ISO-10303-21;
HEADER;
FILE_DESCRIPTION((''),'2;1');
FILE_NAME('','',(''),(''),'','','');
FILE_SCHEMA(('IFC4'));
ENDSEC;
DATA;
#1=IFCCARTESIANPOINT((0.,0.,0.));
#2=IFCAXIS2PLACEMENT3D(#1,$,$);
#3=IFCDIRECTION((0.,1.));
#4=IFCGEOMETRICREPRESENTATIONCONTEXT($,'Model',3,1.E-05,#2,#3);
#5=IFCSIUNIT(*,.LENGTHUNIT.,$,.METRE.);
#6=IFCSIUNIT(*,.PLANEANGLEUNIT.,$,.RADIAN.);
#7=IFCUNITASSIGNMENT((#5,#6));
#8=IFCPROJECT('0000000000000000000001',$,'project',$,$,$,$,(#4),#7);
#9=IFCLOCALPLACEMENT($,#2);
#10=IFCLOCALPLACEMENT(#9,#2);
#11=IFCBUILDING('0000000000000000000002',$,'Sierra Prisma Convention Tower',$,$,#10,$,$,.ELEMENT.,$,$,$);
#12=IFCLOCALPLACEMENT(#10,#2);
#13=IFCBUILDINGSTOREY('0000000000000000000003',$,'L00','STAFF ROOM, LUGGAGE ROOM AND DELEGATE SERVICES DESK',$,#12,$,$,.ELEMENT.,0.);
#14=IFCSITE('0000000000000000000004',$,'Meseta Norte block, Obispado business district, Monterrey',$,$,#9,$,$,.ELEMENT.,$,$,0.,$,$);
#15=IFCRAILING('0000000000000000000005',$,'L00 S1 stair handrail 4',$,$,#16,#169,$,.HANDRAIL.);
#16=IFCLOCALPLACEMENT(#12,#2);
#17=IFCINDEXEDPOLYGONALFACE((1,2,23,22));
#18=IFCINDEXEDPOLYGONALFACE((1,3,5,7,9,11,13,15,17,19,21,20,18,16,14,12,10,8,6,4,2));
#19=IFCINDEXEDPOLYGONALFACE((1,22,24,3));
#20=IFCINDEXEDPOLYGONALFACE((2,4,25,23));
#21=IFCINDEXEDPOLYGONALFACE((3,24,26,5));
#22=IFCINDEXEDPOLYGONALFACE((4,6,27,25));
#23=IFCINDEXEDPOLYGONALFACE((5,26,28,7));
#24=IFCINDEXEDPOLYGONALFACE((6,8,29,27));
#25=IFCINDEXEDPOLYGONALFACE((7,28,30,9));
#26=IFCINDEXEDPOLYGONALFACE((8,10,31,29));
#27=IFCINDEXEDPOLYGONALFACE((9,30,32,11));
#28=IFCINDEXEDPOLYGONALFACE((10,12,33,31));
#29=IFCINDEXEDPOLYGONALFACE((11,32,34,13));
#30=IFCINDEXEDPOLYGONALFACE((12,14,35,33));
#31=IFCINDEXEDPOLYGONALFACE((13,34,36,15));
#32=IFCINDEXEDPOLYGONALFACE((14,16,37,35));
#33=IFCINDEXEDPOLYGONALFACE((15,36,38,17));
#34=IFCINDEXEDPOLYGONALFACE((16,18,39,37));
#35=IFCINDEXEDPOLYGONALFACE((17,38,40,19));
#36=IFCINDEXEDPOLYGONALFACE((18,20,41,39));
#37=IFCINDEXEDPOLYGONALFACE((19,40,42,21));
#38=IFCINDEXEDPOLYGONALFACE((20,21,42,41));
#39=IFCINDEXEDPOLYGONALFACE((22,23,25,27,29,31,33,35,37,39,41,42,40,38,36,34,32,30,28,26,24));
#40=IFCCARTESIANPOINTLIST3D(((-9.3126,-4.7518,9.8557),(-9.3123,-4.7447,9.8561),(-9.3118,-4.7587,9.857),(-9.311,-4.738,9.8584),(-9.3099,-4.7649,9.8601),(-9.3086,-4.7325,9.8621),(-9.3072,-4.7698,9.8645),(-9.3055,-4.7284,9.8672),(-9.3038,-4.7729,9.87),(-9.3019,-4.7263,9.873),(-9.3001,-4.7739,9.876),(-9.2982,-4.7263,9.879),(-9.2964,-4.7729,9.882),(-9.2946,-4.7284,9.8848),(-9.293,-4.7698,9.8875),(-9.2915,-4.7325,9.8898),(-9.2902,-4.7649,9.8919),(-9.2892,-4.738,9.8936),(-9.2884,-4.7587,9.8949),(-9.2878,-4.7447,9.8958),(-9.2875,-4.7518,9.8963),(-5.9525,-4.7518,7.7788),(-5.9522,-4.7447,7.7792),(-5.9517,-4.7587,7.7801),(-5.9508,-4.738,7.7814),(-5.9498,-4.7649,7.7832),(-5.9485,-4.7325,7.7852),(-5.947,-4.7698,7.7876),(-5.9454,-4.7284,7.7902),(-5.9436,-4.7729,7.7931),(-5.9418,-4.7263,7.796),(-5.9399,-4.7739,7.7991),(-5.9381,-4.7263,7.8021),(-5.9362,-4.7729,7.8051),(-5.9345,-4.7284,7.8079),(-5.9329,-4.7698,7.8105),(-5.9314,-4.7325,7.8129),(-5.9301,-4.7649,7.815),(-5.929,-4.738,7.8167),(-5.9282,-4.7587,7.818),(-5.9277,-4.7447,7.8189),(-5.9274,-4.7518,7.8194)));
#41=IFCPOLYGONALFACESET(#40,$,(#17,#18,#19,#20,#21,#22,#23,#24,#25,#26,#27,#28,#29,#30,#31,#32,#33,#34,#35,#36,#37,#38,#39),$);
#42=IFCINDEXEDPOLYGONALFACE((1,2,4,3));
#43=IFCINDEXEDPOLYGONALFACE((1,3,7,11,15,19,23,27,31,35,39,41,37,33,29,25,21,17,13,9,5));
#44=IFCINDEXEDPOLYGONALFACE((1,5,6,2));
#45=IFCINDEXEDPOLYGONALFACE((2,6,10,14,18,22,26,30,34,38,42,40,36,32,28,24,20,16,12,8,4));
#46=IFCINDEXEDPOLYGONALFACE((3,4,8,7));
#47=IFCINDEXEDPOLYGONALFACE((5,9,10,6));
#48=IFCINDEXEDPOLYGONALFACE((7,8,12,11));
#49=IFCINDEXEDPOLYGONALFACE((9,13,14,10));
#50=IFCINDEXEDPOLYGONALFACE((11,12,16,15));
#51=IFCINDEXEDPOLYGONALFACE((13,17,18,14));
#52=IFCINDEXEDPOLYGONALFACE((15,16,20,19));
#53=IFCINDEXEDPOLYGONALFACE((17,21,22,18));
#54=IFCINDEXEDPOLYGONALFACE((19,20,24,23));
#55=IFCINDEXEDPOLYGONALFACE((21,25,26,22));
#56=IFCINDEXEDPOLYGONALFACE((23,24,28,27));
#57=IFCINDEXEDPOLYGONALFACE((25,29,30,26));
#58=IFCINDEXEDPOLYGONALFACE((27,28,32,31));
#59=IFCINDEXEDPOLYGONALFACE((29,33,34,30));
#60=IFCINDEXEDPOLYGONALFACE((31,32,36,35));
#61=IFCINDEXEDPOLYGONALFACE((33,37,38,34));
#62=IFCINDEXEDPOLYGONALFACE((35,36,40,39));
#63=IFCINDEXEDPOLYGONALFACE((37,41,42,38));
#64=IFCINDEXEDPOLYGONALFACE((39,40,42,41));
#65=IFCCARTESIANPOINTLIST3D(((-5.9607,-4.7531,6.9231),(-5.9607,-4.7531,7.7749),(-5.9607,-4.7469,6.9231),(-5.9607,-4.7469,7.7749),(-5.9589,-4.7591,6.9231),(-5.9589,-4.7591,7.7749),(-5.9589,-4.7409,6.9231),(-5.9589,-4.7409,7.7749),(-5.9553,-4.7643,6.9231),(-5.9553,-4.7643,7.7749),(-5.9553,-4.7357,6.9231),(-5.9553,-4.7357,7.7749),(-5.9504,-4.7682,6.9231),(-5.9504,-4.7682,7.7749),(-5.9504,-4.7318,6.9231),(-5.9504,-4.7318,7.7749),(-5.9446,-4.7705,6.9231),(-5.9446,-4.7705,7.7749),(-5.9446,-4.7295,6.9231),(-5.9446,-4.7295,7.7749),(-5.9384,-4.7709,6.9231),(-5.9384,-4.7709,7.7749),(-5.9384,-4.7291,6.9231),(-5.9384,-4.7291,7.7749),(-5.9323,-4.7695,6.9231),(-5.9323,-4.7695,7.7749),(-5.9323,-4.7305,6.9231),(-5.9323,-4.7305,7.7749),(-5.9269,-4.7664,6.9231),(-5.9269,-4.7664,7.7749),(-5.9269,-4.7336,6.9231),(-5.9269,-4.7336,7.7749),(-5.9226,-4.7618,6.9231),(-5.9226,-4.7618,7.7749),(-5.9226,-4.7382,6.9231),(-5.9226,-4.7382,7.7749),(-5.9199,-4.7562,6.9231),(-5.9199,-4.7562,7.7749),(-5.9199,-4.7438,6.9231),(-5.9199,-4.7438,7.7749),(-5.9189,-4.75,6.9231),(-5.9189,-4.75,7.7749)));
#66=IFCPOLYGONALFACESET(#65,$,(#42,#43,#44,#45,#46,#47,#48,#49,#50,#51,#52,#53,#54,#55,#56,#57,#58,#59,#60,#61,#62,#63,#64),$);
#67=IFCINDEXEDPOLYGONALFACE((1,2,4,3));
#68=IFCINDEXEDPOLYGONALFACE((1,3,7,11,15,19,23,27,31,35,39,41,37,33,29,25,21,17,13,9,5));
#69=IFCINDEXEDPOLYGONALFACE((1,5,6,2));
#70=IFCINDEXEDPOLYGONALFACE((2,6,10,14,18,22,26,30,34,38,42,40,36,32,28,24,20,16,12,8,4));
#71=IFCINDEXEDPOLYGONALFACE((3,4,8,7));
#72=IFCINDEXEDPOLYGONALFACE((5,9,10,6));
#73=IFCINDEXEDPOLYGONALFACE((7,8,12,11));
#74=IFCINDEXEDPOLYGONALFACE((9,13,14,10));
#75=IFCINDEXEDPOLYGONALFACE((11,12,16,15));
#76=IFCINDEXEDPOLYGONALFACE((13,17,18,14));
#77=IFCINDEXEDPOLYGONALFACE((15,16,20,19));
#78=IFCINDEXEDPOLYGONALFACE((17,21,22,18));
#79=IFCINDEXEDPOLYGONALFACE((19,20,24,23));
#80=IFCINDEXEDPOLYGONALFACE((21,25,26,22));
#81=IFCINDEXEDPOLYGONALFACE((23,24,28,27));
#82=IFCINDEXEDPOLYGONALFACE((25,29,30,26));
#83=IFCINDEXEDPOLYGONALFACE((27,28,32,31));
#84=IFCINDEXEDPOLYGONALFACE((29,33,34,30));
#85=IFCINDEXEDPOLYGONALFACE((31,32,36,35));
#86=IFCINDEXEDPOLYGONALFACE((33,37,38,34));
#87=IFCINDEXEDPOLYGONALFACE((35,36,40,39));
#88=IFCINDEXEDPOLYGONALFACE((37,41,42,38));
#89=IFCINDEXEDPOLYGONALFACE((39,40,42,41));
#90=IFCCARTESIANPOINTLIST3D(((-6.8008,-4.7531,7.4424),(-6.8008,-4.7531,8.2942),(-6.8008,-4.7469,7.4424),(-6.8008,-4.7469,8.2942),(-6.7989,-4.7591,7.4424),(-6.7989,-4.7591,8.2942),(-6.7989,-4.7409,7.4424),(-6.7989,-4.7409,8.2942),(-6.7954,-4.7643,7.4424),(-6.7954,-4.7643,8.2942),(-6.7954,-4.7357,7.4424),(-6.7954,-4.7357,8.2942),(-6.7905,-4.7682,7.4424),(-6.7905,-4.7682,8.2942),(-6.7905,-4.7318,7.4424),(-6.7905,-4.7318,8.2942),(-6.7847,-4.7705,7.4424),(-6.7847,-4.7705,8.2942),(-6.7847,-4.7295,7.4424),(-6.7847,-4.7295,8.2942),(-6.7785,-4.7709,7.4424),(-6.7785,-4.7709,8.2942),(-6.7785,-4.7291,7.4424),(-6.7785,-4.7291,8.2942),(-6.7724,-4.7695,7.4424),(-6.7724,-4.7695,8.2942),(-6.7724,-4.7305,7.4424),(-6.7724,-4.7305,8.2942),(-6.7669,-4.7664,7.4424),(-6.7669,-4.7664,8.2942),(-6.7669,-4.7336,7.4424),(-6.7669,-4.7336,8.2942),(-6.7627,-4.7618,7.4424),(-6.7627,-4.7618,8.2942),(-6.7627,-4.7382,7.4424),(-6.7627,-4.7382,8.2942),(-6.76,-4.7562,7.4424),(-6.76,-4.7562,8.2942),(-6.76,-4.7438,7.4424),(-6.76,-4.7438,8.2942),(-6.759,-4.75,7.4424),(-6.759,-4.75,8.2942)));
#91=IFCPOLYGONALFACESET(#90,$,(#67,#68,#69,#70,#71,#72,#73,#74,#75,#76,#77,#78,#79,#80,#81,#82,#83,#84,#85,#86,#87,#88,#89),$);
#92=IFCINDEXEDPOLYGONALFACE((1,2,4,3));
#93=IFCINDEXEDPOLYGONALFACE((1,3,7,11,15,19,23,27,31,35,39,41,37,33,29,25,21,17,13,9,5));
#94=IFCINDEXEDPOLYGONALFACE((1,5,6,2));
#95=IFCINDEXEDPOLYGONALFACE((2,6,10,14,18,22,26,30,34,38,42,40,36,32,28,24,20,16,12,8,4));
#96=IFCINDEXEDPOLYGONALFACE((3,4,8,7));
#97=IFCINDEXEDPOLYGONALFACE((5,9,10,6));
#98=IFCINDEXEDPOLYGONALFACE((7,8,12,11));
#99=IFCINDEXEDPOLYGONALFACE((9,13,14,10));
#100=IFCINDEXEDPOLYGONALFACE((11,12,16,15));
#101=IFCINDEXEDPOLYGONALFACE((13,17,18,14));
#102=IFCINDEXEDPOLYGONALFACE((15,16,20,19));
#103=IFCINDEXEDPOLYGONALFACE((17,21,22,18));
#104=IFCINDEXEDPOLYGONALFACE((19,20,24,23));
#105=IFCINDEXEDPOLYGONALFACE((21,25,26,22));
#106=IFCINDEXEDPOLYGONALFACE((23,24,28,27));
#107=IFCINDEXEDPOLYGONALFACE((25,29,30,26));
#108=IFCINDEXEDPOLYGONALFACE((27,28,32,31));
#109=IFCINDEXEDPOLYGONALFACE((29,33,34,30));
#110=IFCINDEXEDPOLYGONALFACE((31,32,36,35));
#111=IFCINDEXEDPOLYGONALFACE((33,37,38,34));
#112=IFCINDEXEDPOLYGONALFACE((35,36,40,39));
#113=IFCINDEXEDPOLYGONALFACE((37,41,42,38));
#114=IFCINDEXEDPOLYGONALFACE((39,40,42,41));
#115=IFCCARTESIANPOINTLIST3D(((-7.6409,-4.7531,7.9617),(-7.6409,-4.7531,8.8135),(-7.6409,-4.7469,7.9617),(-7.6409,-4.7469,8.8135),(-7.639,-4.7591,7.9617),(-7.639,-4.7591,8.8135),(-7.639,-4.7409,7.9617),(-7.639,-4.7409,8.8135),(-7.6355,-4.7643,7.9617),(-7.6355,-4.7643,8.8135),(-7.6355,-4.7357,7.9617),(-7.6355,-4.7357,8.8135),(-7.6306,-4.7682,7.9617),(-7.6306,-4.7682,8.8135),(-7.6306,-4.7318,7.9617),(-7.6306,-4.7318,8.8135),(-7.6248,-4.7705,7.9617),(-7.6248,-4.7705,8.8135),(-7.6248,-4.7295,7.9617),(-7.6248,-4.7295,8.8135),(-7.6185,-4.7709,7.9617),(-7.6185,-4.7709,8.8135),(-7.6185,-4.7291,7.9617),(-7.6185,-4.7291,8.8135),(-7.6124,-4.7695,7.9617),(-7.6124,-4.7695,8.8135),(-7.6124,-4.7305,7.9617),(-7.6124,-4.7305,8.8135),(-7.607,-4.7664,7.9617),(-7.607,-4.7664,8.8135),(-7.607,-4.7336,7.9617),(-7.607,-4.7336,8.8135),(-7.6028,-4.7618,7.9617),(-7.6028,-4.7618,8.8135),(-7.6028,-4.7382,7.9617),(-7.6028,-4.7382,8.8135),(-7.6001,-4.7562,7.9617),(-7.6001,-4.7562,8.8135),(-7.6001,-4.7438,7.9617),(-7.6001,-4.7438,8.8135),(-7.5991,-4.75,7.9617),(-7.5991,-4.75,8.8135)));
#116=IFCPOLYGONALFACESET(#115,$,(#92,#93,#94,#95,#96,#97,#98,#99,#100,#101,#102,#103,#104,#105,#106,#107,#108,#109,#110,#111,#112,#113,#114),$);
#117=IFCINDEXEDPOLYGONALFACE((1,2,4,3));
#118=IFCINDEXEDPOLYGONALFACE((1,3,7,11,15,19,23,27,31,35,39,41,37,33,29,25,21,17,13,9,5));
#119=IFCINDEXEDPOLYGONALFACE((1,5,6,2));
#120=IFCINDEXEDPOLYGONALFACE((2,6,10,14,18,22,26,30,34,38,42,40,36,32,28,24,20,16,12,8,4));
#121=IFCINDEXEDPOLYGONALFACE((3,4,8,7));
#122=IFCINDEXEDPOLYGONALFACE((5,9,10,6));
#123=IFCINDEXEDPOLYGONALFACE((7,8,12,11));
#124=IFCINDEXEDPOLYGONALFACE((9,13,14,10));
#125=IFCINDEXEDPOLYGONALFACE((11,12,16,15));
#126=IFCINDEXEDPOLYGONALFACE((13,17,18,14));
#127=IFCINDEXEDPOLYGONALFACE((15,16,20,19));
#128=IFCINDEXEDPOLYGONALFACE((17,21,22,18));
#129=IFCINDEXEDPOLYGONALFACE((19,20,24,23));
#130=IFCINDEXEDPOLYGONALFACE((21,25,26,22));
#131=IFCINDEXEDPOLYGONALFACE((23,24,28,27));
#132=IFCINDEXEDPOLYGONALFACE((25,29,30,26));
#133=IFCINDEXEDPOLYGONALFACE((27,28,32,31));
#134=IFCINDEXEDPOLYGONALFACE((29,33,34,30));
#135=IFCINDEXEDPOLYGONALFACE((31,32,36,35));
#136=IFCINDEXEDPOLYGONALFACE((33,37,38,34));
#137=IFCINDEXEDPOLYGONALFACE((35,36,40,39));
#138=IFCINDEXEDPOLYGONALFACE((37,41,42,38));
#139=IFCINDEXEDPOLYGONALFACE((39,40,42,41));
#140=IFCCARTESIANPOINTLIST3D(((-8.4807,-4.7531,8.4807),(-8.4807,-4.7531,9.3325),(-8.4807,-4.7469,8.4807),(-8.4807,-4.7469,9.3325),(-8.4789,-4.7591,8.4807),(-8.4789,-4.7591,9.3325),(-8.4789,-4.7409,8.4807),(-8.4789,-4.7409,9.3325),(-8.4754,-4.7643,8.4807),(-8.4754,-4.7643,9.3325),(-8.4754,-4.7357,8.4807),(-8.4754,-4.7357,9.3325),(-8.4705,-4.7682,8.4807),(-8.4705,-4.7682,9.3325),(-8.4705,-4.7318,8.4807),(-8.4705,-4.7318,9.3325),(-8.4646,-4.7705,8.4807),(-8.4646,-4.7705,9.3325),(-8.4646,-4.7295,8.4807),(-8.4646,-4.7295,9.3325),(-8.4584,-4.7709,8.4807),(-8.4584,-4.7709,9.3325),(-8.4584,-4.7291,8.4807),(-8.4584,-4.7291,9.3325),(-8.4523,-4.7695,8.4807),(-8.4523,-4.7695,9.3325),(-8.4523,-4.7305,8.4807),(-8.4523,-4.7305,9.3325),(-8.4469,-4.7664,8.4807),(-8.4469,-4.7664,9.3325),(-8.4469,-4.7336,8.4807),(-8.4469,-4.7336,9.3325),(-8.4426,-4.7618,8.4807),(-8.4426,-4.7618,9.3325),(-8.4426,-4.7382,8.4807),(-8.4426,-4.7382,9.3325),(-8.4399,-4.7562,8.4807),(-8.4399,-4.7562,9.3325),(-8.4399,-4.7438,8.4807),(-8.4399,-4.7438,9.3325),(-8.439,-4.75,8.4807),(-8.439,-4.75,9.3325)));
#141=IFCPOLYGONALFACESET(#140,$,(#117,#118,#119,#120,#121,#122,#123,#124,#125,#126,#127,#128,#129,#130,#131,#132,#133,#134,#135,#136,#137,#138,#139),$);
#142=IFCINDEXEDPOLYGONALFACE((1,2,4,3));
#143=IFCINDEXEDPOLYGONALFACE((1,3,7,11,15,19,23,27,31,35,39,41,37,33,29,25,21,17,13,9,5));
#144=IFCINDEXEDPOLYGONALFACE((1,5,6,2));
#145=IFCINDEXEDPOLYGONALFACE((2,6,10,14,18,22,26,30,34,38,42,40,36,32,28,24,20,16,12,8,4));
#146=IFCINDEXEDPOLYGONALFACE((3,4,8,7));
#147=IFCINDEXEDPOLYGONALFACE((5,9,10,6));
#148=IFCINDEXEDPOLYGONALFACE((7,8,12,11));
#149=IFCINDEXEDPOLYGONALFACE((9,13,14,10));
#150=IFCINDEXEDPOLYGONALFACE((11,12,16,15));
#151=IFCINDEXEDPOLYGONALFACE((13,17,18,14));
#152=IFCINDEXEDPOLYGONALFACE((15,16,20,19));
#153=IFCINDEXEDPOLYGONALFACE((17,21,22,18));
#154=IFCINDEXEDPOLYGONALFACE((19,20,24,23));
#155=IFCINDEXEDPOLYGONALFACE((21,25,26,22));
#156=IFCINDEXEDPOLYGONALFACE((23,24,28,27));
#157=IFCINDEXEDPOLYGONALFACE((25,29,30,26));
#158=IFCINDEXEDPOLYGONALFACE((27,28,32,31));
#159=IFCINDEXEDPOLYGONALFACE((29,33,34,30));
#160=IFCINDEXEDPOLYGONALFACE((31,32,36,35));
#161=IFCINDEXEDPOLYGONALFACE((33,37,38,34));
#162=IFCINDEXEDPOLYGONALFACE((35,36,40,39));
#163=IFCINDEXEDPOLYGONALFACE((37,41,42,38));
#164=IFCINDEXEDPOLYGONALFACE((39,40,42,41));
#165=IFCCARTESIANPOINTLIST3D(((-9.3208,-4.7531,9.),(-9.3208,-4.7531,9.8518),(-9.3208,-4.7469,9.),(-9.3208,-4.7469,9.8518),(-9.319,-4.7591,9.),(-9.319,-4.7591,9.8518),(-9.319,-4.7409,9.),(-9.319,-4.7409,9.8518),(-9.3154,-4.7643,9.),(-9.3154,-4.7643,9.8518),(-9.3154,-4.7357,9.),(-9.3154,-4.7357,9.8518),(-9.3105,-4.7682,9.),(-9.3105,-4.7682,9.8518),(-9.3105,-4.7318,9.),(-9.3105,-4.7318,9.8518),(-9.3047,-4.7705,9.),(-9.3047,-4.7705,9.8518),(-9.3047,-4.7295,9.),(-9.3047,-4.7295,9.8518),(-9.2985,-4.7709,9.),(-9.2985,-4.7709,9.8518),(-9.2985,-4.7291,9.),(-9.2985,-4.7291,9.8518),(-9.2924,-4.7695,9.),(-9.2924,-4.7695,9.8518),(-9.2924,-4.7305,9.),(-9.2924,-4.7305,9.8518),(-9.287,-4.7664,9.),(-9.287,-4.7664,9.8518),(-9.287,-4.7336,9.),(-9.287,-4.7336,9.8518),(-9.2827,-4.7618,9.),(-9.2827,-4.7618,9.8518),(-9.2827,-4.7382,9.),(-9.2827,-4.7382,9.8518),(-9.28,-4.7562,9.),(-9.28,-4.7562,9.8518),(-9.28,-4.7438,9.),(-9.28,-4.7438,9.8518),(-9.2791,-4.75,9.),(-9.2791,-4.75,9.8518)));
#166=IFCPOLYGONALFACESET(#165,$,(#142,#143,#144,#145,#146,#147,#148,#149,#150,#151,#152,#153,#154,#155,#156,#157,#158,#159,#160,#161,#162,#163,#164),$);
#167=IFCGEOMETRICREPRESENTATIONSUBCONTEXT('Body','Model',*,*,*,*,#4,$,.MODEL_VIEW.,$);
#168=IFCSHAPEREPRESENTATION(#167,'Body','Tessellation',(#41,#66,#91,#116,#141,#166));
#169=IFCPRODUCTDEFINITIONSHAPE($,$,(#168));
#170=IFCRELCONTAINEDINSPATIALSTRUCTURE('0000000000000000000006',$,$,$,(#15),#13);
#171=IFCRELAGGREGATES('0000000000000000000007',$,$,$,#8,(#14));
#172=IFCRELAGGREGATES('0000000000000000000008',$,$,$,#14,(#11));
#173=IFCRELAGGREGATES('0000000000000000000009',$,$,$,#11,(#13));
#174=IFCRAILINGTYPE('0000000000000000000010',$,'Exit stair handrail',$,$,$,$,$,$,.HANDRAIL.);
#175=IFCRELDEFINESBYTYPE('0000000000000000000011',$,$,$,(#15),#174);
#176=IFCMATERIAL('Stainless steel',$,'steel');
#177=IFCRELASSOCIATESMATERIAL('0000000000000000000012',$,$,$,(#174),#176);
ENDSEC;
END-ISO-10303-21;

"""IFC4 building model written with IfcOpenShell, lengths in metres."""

from ifc_helpers import new_model, si_unit, direction, frame, origin, origin_2d, place, context, subcontext, project, spatial, circle, extrude, material, type_object, element, save


model = new_model("IFC4")

# Units and contexts
model_context = context("Model", 3, precision=1e-05, world=origin(), true_north=direction((0.0, 1.0)))
body_context = subcontext(model_context, "Body", "Model", "MODEL_VIEW")
ifc_project = project(units=[si_unit("LENGTHUNIT", "METRE"), si_unit("PLANEANGLEUNIT", "RADIAN")], contexts=[model_context])

# Site, building, storey
site_placement = place(None, origin())
site = spatial("IfcSite", under=ifc_project, at=site_placement, Name="Meseta Norte block, Obispado business district, Monterrey", CompositionType="ELEMENT", RefElevation=0.0)
building_placement = place(site_placement, origin())
building = spatial("IfcBuilding", under=site, at=building_placement, Name="Sierra Prisma Convention Tower", CompositionType="ELEMENT")
storey_placement = place(building_placement, origin())
storey = spatial("IfcBuildingStorey", under=building, at=storey_placement, Name="L00", Description="STAFF ROOM, LUGGAGE ROOM AND DELEGATE SERVICES DESK", CompositionType="ELEMENT", Elevation=0.0)

# Railing
ifc_material_1 = material(Name="Stainless steel", Category="steel")
railing_type_1 = type_object("IfcRailingType", Name="Exit stair handrail", PredefinedType="HANDRAIL", material=ifc_material_1)
railing_1_placement = place(storey_placement, frame((-5.9399, -4.75, 6.9231)))
element("IfcRailing", 1, at=railing_1_placement, inside=storey, type_object=railing_type_1, Name="L00 S1 stair handrail 4", PredefinedType="HANDRAIL", context=body_context, shape_type="SweptSolid", body=[
    extrude(circle(Radius=0.0239, at=origin_2d()), frame((0.0, 0.0, 0.876), z_axis=(-0.850623, 0.0, 0.525776), x_axis=(0.0, -1.0, 0.0)), (0.0, 0.0, 1.0), 3.9502),
    extrude(circle(Radius=0.021, at=origin_2d()), origin(), (0.0, 0.0, 1.0), 0.8518),
    extrude(circle(Radius=0.021, at=origin_2d()), frame((-0.8401, 0.0, 0.5193)), (0.0, 0.0, 1.0), 0.8518),
    extrude(circle(Radius=0.021, at=origin_2d()), frame((-1.6802, 0.0, 1.0386)), (0.0, 0.0, 1.0), 0.8518),
    extrude(circle(Radius=0.021, at=origin_2d()), frame((-2.52, 0.0, 1.5576)), (0.0, 0.0, 1.0), 0.8518),
    extrude(circle(Radius=0.021, at=origin_2d()), frame((-3.3601, 0.0, 2.0769)), (0.0, 0.0, 1.0), 0.8518),
])

save(model, "model.ifc")
